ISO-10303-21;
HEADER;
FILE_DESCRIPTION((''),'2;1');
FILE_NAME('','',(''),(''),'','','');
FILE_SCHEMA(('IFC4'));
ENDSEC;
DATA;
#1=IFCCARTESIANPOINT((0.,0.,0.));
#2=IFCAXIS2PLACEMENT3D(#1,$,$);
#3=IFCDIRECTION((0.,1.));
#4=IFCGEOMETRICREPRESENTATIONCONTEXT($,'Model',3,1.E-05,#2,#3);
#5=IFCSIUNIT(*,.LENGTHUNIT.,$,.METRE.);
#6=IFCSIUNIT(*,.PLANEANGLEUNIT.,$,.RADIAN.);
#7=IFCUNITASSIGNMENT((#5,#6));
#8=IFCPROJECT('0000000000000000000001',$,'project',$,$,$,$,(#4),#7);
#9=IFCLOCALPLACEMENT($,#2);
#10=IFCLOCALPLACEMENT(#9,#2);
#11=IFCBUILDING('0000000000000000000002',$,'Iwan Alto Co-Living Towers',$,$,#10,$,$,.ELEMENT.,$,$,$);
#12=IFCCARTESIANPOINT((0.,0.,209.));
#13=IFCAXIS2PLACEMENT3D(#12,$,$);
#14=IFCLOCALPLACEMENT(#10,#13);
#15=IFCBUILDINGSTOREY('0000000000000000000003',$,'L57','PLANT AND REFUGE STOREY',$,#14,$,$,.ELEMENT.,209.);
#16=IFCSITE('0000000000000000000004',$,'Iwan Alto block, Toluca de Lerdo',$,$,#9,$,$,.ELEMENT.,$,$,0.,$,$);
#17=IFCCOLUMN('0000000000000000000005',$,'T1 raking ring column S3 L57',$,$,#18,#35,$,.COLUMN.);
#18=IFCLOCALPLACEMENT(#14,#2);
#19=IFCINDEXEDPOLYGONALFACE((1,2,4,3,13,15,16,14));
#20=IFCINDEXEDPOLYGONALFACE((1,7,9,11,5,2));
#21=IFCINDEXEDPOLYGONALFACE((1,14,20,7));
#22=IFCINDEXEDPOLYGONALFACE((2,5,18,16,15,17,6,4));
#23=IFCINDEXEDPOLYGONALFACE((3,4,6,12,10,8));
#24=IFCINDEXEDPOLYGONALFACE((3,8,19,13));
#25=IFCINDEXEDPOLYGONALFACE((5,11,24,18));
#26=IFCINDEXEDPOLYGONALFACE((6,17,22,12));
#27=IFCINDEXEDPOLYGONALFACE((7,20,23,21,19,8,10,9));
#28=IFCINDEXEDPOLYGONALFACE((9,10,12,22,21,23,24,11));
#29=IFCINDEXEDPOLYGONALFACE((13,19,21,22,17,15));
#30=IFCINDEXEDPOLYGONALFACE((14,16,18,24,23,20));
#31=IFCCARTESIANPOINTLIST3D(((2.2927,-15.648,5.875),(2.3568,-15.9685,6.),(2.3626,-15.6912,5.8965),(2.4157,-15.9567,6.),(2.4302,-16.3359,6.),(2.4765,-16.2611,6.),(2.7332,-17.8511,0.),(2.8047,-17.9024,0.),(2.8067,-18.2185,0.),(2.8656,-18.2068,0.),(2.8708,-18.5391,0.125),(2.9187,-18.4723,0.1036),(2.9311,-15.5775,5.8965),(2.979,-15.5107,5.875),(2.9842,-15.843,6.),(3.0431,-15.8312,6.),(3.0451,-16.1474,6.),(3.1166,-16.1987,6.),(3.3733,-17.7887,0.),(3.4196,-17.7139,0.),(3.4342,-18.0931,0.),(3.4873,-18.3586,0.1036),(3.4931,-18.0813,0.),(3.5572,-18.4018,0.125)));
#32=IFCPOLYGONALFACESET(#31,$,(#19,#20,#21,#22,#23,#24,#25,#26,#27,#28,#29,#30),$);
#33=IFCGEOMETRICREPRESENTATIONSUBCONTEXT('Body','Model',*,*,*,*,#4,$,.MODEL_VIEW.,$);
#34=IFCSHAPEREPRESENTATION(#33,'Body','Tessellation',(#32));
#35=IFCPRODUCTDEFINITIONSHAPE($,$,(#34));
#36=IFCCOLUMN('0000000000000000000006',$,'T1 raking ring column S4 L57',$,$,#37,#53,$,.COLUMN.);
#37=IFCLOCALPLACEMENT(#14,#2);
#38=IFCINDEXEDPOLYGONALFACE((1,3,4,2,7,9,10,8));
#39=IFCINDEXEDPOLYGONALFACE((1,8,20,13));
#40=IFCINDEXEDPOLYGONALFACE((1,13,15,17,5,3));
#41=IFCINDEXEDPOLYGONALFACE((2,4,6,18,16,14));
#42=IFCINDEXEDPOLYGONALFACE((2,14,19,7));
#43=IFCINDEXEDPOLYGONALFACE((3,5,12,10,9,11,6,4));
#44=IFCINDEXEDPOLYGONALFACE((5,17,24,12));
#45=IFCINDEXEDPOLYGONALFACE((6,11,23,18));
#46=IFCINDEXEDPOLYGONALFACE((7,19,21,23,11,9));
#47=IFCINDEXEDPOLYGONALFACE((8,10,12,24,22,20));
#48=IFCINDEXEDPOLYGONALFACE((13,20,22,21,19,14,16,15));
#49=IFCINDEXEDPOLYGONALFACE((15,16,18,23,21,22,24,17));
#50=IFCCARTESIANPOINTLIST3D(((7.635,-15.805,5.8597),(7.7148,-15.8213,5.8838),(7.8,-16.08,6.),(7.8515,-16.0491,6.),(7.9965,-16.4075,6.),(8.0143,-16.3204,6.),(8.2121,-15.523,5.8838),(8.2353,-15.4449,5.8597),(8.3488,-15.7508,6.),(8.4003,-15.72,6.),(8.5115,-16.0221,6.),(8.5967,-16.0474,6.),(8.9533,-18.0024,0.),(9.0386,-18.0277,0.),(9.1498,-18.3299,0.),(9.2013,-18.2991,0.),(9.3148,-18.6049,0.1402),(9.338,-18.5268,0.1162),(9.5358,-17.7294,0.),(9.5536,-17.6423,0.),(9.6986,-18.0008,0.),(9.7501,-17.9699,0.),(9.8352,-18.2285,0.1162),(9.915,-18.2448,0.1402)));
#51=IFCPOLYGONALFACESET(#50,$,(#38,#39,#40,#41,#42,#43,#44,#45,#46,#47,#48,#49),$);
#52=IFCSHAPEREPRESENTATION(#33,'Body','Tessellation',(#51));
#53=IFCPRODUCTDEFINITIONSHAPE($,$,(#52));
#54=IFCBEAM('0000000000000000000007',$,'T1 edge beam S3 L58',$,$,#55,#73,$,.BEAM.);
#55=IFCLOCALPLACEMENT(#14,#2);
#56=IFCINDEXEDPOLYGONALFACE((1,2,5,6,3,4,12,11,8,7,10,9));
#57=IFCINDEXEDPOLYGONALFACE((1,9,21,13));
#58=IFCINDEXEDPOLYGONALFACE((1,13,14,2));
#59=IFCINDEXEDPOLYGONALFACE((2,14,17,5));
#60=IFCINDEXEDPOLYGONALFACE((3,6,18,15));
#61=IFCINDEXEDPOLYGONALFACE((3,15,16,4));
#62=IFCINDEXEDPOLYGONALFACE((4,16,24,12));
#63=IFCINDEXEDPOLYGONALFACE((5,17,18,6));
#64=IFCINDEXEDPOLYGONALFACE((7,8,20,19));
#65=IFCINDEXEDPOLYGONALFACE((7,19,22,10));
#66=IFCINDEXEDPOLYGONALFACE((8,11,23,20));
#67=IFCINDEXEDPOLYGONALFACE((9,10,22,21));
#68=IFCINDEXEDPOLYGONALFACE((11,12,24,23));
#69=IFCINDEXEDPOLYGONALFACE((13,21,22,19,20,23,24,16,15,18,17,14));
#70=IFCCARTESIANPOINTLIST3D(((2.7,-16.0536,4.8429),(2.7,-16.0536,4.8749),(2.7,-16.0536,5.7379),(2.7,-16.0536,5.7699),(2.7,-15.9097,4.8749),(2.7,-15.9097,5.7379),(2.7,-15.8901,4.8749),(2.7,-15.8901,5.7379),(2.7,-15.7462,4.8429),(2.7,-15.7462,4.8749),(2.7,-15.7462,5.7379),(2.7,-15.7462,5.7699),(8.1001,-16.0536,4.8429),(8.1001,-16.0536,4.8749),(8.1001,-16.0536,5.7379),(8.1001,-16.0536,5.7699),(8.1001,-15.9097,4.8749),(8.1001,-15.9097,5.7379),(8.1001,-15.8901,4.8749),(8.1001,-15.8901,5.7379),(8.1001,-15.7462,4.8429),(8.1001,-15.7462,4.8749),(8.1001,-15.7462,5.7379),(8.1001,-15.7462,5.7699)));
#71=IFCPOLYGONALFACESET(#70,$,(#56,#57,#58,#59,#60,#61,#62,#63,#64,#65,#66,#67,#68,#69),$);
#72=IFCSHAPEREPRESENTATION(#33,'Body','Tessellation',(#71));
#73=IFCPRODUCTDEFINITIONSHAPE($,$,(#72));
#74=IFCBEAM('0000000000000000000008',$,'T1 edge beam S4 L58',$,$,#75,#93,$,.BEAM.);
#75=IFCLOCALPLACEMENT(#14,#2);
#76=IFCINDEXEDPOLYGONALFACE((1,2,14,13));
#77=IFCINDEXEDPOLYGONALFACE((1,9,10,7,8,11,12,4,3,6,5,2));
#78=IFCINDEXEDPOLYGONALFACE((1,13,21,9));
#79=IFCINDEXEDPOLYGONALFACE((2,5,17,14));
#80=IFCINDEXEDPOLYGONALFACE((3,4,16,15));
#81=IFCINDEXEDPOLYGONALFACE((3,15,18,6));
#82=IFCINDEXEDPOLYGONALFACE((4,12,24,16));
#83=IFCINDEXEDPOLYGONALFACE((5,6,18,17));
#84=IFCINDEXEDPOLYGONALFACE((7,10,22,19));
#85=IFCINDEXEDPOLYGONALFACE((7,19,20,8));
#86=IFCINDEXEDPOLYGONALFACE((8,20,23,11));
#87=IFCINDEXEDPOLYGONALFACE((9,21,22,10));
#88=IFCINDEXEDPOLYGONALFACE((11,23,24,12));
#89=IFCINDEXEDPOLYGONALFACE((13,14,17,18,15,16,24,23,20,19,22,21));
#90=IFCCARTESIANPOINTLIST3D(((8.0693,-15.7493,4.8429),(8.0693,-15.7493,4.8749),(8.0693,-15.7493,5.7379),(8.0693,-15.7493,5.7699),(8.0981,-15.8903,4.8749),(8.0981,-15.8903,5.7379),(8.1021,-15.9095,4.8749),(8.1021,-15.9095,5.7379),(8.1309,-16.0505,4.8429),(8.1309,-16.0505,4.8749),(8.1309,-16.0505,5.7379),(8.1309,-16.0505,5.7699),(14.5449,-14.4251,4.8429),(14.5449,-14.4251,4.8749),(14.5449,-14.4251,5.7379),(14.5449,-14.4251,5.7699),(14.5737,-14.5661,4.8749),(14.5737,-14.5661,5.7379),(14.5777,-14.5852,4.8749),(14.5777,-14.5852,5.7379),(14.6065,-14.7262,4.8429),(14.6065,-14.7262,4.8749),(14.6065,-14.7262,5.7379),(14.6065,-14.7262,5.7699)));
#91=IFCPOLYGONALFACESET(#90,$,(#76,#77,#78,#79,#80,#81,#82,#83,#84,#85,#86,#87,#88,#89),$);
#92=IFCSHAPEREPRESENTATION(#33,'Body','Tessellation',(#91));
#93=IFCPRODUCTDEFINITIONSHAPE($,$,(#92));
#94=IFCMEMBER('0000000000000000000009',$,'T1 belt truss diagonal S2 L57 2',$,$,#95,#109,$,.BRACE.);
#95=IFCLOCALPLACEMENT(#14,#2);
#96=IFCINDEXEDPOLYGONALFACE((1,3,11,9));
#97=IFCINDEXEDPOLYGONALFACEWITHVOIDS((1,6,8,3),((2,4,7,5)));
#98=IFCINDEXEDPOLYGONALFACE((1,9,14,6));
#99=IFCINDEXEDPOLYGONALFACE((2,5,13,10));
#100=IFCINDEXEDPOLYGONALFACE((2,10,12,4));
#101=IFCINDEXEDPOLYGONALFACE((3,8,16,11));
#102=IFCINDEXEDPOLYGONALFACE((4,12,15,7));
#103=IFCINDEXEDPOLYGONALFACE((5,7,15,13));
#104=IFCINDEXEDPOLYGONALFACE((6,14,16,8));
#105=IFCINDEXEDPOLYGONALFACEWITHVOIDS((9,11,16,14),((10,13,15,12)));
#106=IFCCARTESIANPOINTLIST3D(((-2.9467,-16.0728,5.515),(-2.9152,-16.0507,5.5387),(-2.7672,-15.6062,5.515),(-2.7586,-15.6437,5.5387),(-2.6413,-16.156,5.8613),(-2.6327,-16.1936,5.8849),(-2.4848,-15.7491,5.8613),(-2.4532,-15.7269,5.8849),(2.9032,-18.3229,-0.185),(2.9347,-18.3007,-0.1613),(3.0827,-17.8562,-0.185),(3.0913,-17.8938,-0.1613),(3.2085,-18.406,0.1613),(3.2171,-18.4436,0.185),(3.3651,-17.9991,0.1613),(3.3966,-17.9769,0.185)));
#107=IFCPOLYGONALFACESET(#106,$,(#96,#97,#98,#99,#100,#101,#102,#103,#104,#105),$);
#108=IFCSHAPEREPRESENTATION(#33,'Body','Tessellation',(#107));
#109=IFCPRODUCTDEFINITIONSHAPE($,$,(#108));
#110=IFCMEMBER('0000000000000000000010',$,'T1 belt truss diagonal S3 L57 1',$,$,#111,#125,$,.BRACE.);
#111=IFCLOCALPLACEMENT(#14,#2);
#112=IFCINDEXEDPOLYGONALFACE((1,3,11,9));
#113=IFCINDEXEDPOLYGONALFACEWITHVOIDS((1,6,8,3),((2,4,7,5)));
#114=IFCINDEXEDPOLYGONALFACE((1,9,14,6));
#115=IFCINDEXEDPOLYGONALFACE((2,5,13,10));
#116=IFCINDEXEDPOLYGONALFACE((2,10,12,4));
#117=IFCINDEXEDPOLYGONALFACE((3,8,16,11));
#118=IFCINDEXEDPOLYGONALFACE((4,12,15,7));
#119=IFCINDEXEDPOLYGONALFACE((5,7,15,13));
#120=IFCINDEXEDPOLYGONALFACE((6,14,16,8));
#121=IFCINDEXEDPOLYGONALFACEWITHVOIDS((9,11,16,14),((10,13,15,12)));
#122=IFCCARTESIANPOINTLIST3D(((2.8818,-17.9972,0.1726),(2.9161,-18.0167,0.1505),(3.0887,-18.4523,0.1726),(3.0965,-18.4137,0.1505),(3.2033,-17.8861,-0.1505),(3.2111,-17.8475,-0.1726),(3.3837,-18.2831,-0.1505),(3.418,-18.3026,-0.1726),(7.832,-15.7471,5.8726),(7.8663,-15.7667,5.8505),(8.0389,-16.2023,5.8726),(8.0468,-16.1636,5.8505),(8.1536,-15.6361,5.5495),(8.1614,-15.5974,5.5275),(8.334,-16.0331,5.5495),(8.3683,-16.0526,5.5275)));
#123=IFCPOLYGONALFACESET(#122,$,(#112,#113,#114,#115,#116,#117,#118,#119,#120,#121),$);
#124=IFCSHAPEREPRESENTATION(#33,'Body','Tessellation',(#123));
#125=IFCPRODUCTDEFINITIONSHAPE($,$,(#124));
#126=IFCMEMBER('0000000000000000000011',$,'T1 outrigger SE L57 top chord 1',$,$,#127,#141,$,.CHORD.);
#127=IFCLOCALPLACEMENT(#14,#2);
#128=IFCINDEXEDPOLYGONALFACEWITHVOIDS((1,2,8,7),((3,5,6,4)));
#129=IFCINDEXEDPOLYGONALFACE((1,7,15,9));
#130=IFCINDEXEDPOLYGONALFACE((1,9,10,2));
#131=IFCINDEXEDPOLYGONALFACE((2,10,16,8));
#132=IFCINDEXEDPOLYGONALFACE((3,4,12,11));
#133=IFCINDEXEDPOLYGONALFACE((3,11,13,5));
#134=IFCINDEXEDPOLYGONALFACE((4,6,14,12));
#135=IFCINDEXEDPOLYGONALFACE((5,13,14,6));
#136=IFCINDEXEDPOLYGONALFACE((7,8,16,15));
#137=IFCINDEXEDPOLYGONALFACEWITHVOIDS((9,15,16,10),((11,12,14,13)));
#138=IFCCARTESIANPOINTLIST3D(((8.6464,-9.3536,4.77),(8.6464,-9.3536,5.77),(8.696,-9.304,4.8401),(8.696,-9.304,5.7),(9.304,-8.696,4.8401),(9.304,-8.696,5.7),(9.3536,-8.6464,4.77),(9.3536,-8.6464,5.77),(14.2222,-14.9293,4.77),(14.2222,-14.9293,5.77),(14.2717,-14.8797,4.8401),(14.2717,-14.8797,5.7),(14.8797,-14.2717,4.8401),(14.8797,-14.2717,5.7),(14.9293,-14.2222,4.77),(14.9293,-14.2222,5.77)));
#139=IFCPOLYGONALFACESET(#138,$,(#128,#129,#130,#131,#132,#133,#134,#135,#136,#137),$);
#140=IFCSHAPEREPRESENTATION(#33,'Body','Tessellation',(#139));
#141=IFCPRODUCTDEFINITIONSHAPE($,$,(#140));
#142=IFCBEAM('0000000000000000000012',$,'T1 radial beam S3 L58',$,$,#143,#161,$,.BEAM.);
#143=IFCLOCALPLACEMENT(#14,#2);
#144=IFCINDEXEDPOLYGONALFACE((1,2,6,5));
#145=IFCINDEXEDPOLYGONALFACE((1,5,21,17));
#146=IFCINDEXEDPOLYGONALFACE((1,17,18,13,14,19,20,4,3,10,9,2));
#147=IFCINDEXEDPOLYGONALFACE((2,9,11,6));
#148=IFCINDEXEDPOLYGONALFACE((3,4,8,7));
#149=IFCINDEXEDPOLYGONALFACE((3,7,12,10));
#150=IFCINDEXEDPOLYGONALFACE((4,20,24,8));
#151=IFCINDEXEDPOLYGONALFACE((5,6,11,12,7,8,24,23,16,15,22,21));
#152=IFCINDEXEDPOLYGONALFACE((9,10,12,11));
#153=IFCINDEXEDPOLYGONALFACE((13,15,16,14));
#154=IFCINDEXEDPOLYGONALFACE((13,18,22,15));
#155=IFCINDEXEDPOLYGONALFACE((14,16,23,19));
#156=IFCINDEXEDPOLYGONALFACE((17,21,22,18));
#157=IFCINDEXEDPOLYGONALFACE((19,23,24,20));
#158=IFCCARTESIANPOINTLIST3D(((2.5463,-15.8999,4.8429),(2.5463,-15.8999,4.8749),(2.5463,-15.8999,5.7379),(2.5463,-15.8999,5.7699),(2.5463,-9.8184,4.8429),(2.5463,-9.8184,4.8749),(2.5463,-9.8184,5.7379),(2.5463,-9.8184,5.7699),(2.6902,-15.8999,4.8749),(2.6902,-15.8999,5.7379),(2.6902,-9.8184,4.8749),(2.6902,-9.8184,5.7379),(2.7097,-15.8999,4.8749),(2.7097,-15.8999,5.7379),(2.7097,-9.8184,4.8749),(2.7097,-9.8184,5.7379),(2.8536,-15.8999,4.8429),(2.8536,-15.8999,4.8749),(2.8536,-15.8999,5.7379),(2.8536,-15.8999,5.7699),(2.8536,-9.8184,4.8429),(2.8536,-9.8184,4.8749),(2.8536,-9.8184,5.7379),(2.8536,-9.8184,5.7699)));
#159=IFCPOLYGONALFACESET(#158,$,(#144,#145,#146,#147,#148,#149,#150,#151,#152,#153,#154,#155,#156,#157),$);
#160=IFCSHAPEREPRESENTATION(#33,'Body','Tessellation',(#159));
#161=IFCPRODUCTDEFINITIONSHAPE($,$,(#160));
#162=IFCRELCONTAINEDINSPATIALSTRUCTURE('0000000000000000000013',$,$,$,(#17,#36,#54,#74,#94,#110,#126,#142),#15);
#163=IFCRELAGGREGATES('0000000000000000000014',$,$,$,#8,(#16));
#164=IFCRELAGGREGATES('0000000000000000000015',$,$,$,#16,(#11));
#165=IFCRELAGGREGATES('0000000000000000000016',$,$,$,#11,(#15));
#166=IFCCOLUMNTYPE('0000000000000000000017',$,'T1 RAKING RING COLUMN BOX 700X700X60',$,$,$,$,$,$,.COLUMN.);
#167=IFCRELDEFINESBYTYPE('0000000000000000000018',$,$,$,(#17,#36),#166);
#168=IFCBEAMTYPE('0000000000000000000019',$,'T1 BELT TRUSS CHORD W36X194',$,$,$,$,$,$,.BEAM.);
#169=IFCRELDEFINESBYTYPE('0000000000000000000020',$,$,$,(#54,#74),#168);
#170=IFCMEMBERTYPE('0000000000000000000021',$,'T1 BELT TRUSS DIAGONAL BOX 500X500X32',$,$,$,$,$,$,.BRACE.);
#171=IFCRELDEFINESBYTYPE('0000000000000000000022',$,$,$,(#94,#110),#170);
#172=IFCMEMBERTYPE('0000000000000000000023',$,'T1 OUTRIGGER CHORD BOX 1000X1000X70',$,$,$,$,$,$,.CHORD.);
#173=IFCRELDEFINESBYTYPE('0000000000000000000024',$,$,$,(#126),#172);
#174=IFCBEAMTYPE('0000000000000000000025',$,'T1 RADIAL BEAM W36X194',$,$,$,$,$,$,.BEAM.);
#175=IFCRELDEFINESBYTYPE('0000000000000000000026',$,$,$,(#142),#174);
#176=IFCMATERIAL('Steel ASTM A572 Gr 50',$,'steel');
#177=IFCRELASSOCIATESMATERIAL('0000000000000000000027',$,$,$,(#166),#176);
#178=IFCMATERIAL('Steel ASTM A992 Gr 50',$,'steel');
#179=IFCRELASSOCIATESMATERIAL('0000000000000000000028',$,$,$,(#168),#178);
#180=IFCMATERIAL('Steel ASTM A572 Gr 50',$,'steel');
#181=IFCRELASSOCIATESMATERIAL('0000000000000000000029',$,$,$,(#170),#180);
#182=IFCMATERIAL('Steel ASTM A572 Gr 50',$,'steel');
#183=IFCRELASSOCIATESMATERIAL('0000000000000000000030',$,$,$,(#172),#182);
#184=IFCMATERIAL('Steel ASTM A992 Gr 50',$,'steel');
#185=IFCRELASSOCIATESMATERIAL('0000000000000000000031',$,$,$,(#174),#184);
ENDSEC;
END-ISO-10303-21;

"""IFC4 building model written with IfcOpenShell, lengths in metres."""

from ifc_helpers import new_model, si_unit, direction, frame, origin, origin_2d, place, context, subcontext, project, spatial, hollow_rectangle, i_section, extrude, clip, halfspace, material, material_profile, profile_set, type_object, element, save


model = new_model("IFC4")

# Units and contexts
model_context = context("Model", 3, precision=1e-05, world=origin(), true_north=direction((0.0, 1.0)))
body_context = subcontext(model_context, "Body", "Model", "MODEL_VIEW")
ifc_project = project(units=[si_unit("LENGTHUNIT", "METRE"), si_unit("PLANEANGLEUNIT", "RADIAN")], contexts=[model_context])

# Site, building, storey
site_placement = place(None, origin())
site = spatial("IfcSite", under=ifc_project, at=site_placement, Name="Iwan Alto block, Toluca de Lerdo", CompositionType="ELEMENT", RefElevation=0.0)
building_placement = place(site_placement, origin())
building = spatial("IfcBuilding", under=site, at=building_placement, Name="Iwan Alto Co-Living Towers", CompositionType="ELEMENT")
storey_placement = place(building_placement, frame((0.0, 0.0, 209.0)))
storey = spatial("IfcBuildingStorey", under=building, at=storey_placement, Name="L57", Description="PLANT AND REFUGE STOREY", CompositionType="ELEMENT", Elevation=209.0)

# Columns
ifc_material_1 = material(Name="Steel ASTM A572 Gr 50", Category="steel")
ifc_material_profile_1 = material_profile(ifc_material_1, hollow_rectangle(XDim=0.7, YDim=0.7, WallThickness=0.0601, at=origin_2d()), Name="BOX 700X700X60")
ifc_profile_set_1 = profile_set([ifc_material_profile_1], Name="Steel ASTM A572 Gr 50")
column_type = type_object("IfcColumnType", Name="T1 RAKING RING COLUMN BOX 700X700X60", PredefinedType="COLUMN", material=ifc_profile_set_1)
column_1_placement = place(storey_placement, frame((3.1499, -18.1499, 0.0), z_axis=(-0.070045, 0.350261, 0.934029), x_axis=(-0.980585, -0.196096, 0.0)))
element("IfcColumn", 1, at=column_1_placement, inside=storey, type_object=column_type, Name="T1 raking ring column S3 L57", PredefinedType="COLUMN", context=body_context, shape_type="Clipping", body=[
    clip(clip(extrude(hollow_rectangle(XDim=0.7, YDim=0.7, WallThickness=0.0601, at=origin_2d()), origin(), (0.0, 0.0, 1.0), 6.4238), halfspace(frame((0.0, 0.0, 0.0), z_axis=(0.0, -0.357196, -0.934029), x_axis=(-0.980585, 0.183159, -0.070045)), False)), halfspace(frame((0.0, 2.1431, 5.6042), z_axis=(0.0, 0.357196, 0.934029), x_axis=(-0.980585, 0.183159, -0.070045)), False)),
])
column_2_placement = place(storey_placement, frame((9.45, -18.1499, 0.0), z_axis=(-0.206128, 0.343583, 0.916222), x_axis=(-0.857518, -0.514455, 0.0)))
element("IfcColumn", 2, at=column_2_placement, inside=storey, type_object=column_type, Name="T1 raking ring column S4 L57", PredefinedType="COLUMN", context=body_context, shape_type="Clipping", body=[
    clip(clip(extrude(hollow_rectangle(XDim=0.7, YDim=0.7, WallThickness=0.0601, at=origin_2d()), origin(), (0.0, 0.0, 1.0), 6.5486), halfspace(frame((0.0, 0.0, 0.0), z_axis=(0.0, -0.400672, -0.916222), x_axis=(-0.857518, 0.471355, -0.206128)), False)), halfspace(frame((0.0, 2.4041, 5.4973), z_axis=(0.0, 0.400672, 0.916222), x_axis=(-0.857518, 0.471355, -0.206128)), False)),
])

# Beams
ifc_material_2 = material(Name="Steel ASTM A992 Gr 50", Category="steel")
ifc_material_profile_2 = material_profile(ifc_material_2, i_section(OverallWidth=0.3074, OverallDepth=0.927, WebThickness=0.0195, FlangeThickness=0.032, at=origin_2d()), Name="W36X194")
ifc_profile_set_2 = profile_set([ifc_material_profile_2], Name="Steel ASTM A992 Gr 50")
beam_type_1 = type_object("IfcBeamType", Name="T1 BELT TRUSS CHORD W36X194", PredefinedType="BEAM", material=ifc_profile_set_2)
beam_1_placement = place(storey_placement, frame((2.7, -15.8999, 5.3064), z_axis=(1.0, 0.0, 0.0), x_axis=(0.0, 1.0, 0.0)))
element("IfcBeam", 3, at=beam_1_placement, inside=storey, type_object=beam_type_1, Name="T1 edge beam S3 L58", PredefinedType="BEAM", context=body_context, shape_type="SweptSolid", body=[
    extrude(i_section(OverallWidth=0.3074, OverallDepth=0.927, WebThickness=0.0195, FlangeThickness=0.032, at=origin_2d()), origin(), (0.0, 0.0, 1.0), 5.4001),
])
beam_2_placement = place(storey_placement, frame((8.1001, -15.8999, 5.3064), z_axis=(0.979725, 0.200348, 0.0), x_axis=(-0.200348, 0.979725, 0.0)))
element("IfcBeam", 4, at=beam_2_placement, inside=storey, type_object=beam_type_1, Name="T1 edge beam S4 L58", PredefinedType="BEAM", context=body_context, shape_type="SweptSolid", body=[
    extrude(i_section(OverallWidth=0.3074, OverallDepth=0.927, WebThickness=0.0195, FlangeThickness=0.032, at=origin_2d()), origin(), (0.0, 0.0, 1.0), 6.6096),
])

# Members
ifc_material_3 = material(Name="Steel ASTM A572 Gr 50", Category="steel")
ifc_material_profile_3 = material_profile(ifc_material_3, hollow_rectangle(XDim=0.5, YDim=0.5, WallThickness=0.032, at=origin_2d()), Name="BOX 500X500X32")
ifc_profile_set_3 = profile_set([ifc_material_profile_3], Name="Steel ASTM A572 Gr 50")
member_type_1 = type_object("IfcMemberType", Name="T1 BELT TRUSS DIAGONAL BOX 500X500X32", PredefinedType="BRACE", material=ifc_profile_set_3)
member_1_placement = place(storey_placement, frame((3.1499, -18.1499, 0.0), z_axis=(-0.690503, 0.265585, 0.672808), x_axis=(-0.358987, -0.933343, 0.0)))
element("IfcMember", 5, at=member_1_placement, inside=storey, type_object=member_type_1, Name="T1 belt truss diagonal S2 L57 2", PredefinedType="BRACE", context=body_context, shape_type="SweptSolid", body=[
    extrude(hollow_rectangle(XDim=0.5, YDim=0.5, WallThickness=0.032, at=origin_2d()), origin(), (0.0, 0.0, 1.0), 8.4719),
])
member_2_placement = place(storey_placement, frame((3.1499, -18.1499, 0.0), z_axis=(0.62839, 0.28562, 0.723566), x_axis=(-0.413789, 0.910373, 0.0)))
element("IfcMember", 6, at=member_2_placement, inside=storey, type_object=member_type_1, Name="T1 belt truss diagonal S3 L57 1", PredefinedType="BRACE", context=body_context, shape_type="SweptSolid", body=[
    extrude(hollow_rectangle(XDim=0.5, YDim=0.5, WallThickness=0.032, at=origin_2d()), origin(), (0.0, 0.0, 1.0), 7.8777),
])
ifc_material_4 = material(Name="Steel ASTM A572 Gr 50", Category="steel")
ifc_material_profile_4 = material_profile(ifc_material_4, hollow_rectangle(XDim=1.0, YDim=1.0, WallThickness=0.0701, at=origin_2d()), Name="BOX 1000X1000X70")
ifc_profile_set_4 = profile_set([ifc_material_profile_4], Name="Steel ASTM A572 Gr 50")
member_type_2 = type_object("IfcMemberType", Name="T1 OUTRIGGER CHORD BOX 1000X1000X70", PredefinedType="CHORD", material=ifc_profile_set_4)
member_3_placement = place(storey_placement, frame((9.0, -9.0, 5.27), z_axis=(0.707107, -0.707107, 0.0), x_axis=(0.707107, 0.707107, 0.0)))
element("IfcMember", 7, at=member_3_placement, inside=storey, type_object=member_type_2, Name="T1 outrigger SE L57 top chord 1", PredefinedType="CHORD", context=body_context, shape_type="SweptSolid", body=[
    extrude(hollow_rectangle(XDim=1.0, YDim=1.0, WallThickness=0.0701, at=origin_2d()), origin(), (0.0, 0.0, 1.0), 7.8853),
])

# Beam
ifc_material_5 = material(Name="Steel ASTM A992 Gr 50", Category="steel")
ifc_material_profile_5 = material_profile(ifc_material_5, i_section(OverallWidth=0.3074, OverallDepth=0.927, WebThickness=0.0195, FlangeThickness=0.032, at=origin_2d()), Name="W36X194")
ifc_profile_set_5 = profile_set([ifc_material_profile_5], Name="Steel ASTM A992 Gr 50")
beam_type_2 = type_object("IfcBeamType", Name="T1 RADIAL BEAM W36X194", PredefinedType="BEAM", material=ifc_profile_set_5)
for number, where, z_axis, x_axis, name in (
    (8, (2.7, -15.8999, 5.3064), (0.0, 1.0, 0.0), (-1.0, 0.0, 0.0), "T1 radial beam S3 L58"),
):
    element("IfcBeam", number, at=place(storey_placement, frame(where, z_axis=z_axis, x_axis=x_axis)), inside=storey, type_object=beam_type_2, Name=name, PredefinedType="BEAM", context=body_context, shape_type="SweptSolid", body=[
        extrude(i_section(OverallWidth=0.3074, OverallDepth=0.927, WebThickness=0.0195, FlangeThickness=0.032, at=origin_2d()), origin(), (0.0, 0.0, 1.0), 6.0815),
    ])

save(model, "model.ifc")
